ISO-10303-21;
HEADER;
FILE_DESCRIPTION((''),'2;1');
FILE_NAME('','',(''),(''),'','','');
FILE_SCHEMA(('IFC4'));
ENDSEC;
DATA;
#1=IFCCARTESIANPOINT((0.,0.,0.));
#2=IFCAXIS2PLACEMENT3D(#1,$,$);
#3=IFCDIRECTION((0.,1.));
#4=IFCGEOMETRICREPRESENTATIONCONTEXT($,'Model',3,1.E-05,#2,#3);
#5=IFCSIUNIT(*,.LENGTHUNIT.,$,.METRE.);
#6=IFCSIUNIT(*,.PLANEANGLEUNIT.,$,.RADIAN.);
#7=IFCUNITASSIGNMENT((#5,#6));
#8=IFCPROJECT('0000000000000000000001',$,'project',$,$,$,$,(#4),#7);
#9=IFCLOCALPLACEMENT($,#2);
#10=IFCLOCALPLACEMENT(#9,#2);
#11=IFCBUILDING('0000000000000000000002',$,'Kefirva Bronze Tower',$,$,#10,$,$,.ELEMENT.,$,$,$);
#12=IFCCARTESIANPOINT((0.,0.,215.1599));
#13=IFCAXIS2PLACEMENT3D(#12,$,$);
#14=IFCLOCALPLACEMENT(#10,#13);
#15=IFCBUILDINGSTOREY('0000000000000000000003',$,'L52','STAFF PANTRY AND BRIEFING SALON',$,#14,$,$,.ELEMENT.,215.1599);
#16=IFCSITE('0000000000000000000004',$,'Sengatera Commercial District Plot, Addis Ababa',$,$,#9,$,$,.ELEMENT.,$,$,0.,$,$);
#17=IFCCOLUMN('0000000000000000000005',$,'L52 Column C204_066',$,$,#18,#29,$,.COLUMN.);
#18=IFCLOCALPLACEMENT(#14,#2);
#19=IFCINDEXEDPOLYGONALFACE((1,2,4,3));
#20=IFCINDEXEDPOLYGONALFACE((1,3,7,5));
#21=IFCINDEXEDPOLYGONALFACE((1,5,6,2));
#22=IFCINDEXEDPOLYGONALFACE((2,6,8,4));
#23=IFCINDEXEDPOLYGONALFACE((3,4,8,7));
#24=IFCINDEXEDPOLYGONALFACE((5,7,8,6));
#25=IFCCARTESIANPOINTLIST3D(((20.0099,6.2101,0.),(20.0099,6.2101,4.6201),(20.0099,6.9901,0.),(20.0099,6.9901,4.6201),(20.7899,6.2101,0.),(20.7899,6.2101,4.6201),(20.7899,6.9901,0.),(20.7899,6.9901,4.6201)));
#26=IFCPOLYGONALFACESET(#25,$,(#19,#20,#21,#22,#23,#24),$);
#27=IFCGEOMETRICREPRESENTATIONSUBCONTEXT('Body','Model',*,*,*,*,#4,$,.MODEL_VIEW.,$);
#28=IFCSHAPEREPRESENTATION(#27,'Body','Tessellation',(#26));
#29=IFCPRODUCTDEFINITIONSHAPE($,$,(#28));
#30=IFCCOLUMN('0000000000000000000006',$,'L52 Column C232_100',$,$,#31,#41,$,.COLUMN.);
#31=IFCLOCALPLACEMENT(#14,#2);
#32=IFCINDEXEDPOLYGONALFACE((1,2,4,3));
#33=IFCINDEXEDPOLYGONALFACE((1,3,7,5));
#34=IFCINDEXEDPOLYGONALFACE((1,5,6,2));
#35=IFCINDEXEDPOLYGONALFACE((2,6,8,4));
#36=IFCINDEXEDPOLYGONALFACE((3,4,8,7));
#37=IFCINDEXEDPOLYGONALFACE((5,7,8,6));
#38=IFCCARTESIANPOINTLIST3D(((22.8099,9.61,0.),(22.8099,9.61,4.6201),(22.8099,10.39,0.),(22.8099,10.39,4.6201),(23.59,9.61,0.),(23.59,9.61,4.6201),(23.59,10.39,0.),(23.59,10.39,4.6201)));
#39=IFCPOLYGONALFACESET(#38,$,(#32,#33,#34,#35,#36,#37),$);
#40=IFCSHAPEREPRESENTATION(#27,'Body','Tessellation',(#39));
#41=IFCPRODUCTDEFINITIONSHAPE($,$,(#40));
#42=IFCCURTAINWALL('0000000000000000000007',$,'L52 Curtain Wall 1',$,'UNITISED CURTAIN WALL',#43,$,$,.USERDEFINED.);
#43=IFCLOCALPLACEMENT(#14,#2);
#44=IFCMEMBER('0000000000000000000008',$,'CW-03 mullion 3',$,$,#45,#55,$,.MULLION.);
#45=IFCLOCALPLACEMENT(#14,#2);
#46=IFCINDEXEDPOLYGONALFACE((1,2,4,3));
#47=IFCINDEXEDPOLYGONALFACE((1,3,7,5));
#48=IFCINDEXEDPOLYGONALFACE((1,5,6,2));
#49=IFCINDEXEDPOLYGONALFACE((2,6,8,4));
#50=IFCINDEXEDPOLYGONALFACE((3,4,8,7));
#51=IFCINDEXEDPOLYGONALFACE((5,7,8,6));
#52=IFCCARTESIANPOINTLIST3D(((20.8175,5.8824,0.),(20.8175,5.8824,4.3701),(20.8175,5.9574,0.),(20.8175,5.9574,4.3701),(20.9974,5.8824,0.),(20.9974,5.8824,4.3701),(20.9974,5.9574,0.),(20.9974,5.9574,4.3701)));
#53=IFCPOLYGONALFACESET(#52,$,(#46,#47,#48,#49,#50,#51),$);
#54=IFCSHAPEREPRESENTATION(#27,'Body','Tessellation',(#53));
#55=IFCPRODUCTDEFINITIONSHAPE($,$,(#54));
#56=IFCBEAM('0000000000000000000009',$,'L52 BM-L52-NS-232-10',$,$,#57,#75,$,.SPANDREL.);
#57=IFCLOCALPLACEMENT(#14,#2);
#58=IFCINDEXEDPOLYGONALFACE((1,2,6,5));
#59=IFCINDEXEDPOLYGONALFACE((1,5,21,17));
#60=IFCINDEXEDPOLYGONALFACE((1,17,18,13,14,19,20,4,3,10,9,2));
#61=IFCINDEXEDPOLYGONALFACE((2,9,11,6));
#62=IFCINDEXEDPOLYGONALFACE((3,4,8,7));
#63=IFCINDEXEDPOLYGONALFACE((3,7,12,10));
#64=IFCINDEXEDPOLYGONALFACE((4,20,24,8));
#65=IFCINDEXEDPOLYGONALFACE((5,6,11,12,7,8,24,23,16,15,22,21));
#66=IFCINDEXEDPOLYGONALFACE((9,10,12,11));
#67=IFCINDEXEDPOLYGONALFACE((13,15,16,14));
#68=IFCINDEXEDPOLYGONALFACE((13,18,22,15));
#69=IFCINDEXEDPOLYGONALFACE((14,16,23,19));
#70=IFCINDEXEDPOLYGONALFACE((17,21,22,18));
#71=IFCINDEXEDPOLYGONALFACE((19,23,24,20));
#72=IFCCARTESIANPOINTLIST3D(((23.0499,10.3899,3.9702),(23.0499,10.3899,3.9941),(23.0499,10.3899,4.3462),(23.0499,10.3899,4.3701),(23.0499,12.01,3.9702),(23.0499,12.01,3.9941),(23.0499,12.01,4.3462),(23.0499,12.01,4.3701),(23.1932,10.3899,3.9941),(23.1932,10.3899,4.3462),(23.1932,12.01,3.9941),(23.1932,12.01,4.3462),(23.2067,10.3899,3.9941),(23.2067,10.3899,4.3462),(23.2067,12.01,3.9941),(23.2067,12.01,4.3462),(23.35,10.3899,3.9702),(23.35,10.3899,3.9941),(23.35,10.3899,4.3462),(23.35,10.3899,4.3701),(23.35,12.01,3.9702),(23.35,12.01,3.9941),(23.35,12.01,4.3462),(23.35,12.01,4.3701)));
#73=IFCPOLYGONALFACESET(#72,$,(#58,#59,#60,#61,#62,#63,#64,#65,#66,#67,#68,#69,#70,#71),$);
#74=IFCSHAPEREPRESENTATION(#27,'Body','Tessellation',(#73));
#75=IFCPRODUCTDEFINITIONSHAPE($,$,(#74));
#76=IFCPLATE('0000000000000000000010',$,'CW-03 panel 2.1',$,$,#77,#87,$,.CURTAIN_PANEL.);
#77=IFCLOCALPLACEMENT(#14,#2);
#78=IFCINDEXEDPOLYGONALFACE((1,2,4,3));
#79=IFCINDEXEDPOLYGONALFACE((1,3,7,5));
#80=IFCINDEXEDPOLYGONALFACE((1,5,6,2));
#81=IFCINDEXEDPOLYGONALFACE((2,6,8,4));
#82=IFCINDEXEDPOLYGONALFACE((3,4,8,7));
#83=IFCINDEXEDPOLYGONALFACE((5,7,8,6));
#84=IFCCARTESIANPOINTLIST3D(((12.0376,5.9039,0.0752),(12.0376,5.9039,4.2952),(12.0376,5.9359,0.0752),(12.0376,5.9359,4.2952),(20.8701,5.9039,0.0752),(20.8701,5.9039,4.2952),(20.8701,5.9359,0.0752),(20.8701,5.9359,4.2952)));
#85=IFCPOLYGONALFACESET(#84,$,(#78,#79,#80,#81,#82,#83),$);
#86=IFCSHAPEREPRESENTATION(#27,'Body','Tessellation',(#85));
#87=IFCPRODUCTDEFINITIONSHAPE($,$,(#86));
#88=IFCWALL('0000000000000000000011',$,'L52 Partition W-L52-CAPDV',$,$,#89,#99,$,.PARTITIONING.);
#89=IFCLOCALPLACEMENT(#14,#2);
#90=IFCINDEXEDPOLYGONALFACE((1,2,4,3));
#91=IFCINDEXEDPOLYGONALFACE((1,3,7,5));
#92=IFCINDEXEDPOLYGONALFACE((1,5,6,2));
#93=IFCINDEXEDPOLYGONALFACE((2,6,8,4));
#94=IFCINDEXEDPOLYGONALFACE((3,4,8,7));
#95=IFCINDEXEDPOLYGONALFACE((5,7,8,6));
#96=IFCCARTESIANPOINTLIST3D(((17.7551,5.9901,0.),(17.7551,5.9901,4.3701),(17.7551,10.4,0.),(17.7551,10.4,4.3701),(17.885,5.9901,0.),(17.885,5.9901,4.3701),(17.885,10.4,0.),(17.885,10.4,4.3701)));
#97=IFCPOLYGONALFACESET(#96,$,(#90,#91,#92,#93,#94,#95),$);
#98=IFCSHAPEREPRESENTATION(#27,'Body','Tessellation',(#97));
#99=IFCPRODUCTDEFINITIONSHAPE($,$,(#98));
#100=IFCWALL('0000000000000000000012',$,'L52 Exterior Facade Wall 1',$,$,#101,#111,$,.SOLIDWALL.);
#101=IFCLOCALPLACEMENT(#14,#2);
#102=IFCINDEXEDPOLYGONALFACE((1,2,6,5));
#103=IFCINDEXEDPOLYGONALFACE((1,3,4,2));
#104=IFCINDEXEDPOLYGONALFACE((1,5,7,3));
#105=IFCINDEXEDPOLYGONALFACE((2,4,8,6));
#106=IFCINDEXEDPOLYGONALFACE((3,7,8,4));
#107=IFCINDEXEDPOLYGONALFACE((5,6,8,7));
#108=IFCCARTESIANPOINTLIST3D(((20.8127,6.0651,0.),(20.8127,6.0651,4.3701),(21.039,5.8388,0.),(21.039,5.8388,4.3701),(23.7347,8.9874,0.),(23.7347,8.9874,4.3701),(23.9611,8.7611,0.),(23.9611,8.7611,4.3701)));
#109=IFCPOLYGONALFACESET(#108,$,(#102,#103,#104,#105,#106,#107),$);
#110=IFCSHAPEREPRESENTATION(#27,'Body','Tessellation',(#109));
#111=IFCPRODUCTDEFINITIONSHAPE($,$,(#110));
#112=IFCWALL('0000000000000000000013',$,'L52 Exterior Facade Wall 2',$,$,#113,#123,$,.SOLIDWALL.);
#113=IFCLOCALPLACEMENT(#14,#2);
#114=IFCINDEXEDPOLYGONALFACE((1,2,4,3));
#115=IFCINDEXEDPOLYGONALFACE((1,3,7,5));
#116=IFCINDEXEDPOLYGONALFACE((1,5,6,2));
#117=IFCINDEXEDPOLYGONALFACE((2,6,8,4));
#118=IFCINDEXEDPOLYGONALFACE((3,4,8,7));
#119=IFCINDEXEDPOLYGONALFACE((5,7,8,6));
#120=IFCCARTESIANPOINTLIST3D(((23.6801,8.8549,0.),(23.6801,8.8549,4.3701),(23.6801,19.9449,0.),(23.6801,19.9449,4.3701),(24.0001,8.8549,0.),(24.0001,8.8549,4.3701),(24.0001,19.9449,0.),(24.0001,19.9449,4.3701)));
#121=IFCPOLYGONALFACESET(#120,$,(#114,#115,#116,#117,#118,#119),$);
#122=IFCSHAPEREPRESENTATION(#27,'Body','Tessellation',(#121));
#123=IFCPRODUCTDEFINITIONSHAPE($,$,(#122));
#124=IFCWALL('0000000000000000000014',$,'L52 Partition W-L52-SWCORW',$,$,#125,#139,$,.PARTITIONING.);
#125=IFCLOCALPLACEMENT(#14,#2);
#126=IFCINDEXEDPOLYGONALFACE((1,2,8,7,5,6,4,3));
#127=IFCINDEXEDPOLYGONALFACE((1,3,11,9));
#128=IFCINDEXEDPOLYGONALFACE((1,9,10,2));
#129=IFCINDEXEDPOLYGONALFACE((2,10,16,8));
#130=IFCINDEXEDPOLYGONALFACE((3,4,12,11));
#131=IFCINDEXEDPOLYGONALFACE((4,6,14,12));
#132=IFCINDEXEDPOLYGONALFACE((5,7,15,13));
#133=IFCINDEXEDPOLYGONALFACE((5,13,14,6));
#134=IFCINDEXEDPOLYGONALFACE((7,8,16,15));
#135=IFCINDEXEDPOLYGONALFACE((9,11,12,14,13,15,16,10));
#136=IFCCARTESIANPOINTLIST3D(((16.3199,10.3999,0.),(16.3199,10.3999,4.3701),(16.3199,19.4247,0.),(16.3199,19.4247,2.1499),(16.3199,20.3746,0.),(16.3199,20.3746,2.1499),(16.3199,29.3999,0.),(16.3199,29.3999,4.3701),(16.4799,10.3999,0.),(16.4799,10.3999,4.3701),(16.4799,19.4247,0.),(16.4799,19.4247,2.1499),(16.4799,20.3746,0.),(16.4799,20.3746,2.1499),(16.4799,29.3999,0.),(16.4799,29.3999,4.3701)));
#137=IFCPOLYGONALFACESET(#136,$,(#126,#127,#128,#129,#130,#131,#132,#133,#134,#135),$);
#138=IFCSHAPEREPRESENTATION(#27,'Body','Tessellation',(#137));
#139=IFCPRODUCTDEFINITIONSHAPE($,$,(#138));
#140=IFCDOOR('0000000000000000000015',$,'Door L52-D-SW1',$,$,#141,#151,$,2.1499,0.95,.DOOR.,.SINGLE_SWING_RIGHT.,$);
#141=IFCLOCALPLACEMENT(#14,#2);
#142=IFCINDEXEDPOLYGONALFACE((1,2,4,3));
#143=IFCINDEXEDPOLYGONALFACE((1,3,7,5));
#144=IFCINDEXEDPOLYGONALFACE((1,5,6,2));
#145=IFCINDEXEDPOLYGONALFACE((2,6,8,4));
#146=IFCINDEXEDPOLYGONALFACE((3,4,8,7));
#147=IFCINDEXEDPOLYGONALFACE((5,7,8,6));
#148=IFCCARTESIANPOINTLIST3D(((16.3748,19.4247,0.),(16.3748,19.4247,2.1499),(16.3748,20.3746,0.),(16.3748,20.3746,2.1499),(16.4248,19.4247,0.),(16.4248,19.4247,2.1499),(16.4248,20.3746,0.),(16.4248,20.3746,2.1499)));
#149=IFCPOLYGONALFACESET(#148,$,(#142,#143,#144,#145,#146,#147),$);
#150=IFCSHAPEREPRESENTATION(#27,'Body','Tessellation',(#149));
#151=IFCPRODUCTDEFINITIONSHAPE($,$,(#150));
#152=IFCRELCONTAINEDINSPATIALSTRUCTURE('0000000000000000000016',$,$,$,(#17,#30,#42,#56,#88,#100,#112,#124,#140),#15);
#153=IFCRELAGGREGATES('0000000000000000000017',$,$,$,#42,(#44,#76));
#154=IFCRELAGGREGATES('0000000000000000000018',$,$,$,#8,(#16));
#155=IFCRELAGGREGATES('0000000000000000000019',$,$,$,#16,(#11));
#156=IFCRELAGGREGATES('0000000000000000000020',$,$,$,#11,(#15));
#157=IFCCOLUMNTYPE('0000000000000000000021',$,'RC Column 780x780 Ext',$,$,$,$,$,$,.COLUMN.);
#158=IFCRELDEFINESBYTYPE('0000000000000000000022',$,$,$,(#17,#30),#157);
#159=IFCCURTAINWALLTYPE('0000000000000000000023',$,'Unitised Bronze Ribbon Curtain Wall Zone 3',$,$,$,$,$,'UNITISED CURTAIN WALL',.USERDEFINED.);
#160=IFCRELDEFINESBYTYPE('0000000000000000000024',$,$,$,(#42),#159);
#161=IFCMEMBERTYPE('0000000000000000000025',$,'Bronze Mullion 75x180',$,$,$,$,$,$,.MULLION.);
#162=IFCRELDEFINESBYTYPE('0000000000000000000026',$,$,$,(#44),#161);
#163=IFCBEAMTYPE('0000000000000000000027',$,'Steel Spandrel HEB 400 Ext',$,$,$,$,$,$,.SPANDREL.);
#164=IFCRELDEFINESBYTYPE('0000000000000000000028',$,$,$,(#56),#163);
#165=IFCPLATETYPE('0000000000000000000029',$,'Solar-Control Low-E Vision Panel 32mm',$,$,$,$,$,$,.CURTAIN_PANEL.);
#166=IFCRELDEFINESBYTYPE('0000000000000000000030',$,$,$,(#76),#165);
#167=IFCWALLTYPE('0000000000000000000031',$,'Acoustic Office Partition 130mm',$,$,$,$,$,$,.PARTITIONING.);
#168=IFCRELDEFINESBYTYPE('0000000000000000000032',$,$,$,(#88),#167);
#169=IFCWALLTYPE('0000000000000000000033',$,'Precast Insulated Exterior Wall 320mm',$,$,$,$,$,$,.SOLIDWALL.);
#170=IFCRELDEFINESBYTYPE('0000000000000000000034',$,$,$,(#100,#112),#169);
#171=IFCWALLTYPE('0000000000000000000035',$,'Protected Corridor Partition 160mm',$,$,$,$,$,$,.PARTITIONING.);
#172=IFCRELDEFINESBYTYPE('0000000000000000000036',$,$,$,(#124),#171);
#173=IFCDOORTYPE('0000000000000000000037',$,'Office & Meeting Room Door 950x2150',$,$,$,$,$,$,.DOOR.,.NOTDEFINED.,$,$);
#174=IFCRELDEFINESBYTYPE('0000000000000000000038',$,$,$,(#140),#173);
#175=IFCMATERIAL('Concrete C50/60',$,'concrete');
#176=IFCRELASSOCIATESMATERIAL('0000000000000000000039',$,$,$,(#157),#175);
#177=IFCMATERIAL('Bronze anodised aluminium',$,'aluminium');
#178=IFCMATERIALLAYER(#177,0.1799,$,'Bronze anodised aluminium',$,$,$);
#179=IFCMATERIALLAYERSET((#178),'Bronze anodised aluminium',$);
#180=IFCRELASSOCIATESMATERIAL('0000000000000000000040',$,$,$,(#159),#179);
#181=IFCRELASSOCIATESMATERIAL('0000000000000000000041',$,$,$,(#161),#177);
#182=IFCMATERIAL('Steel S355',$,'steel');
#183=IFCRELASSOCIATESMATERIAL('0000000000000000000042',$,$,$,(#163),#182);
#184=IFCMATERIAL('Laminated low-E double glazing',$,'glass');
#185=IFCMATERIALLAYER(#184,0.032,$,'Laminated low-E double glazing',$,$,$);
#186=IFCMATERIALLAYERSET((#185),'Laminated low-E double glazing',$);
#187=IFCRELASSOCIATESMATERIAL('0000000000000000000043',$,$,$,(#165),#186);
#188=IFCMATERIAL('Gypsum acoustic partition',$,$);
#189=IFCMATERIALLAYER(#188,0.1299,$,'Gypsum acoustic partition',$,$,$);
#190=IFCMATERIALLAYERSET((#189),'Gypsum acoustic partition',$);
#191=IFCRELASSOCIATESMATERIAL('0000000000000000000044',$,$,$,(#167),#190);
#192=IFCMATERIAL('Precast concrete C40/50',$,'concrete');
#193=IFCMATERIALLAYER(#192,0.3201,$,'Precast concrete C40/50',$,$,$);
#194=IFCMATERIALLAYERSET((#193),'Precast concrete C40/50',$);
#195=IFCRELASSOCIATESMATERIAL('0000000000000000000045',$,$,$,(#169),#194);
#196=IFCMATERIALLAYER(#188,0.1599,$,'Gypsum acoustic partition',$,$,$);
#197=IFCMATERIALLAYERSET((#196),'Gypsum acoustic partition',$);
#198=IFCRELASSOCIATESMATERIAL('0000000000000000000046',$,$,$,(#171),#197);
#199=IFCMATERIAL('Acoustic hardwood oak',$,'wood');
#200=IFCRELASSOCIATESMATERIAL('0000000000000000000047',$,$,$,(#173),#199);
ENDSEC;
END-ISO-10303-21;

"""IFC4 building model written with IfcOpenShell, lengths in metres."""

from ifc_helpers import new_model, si_unit, direction, frame, frame_2d, origin, origin_2d, place, context, subcontext, project, spatial, rectangle, i_section, extrude, material, layer, layer_set, material_profile, profile_set, type_object, element, fill, aggregate, save


model = new_model("IFC4")

# Units and contexts
model_context = context("Model", 3, precision=1e-05, world=origin(), true_north=direction((0.0, 1.0)))
body_context = subcontext(model_context, "Body", "Model", "MODEL_VIEW")
ifc_project = project(units=[si_unit("LENGTHUNIT", "METRE"), si_unit("PLANEANGLEUNIT", "RADIAN")], contexts=[model_context])

# Site, building, storey
site_placement = place(None, origin())
site = spatial("IfcSite", under=ifc_project, at=site_placement, Name="Sengatera Commercial District Plot, Addis Ababa", CompositionType="ELEMENT", RefElevation=0.0)
building_placement = place(site_placement, origin())
building = spatial("IfcBuilding", under=site, at=building_placement, Name="Kefirva Bronze Tower", CompositionType="ELEMENT")
storey_placement = place(building_placement, frame((0.0, 0.0, 215.1599)))
storey = spatial("IfcBuildingStorey", under=building, at=storey_placement, Name="L52", Description="STAFF PANTRY AND BRIEFING SALON", CompositionType="ELEMENT", Elevation=215.1599)

# Columns
ifc_material_1 = material(Name="Concrete C50/60", Category="concrete")
ifc_material_profile_1 = material_profile(ifc_material_1, rectangle(XDim=0.78, YDim=0.78, at=origin_2d()), Name="RC 780x780")
ifc_profile_set_1 = profile_set([ifc_material_profile_1], Name="Concrete C50/60")
column_type = type_object("IfcColumnType", Name="RC Column 780x780 Ext", PredefinedType="COLUMN", material=ifc_profile_set_1)
for number, where, z_axis, x_axis, name in (
    (1, (20.3999, 6.6001, 0.0), (0.0, 0.0, 1.0), (1.0, 0.0, 0.0), "L52 Column C204_066"),
    (2, (23.2, 10.0, 0.0), (0.0, 0.0, 1.0), (1.0, 0.0, 0.0), "L52 Column C232_100"),
):
    element("IfcColumn", number, at=place(storey_placement, frame(where, z_axis=z_axis, x_axis=x_axis)), inside=storey, type_object=column_type, Name=name, PredefinedType="COLUMN", context=body_context, shape_type="SweptSolid", body=[
        extrude(rectangle(XDim=0.78, YDim=0.78, at=origin_2d()), origin(), (0.0, 0.0, 1.0), 4.6201),
    ])

# Curtain wall, member
ifc_material_2 = material(Name="Bronze anodised aluminium", Category="aluminium")
ifc_layer_1 = layer(ifc_material_2, 0.1799, Name="Bronze anodised aluminium")
ifc_layer_set_1 = layer_set([ifc_layer_1], Name="Bronze anodised aluminium")
curtain_wall_type = type_object("IfcCurtainWallType", Name="Unitised Bronze Ribbon Curtain Wall Zone 3", ElementType="UNITISED CURTAIN WALL", PredefinedType="USERDEFINED", material=ifc_layer_set_1)
curtain_wall_placement = place(storey_placement, origin())
curtain_wall = element("IfcCurtainWall", 3, at=curtain_wall_placement, inside=storey, type_object=curtain_wall_type, Name="L52 Curtain Wall 1", ObjectType="UNITISED CURTAIN WALL", PredefinedType="USERDEFINED")
ifc_material_profile_2 = material_profile(ifc_material_2, rectangle(XDim=0.075, YDim=0.1799, at=origin_2d()), Name="ALU 75x180")
ifc_profile_set_2 = profile_set([ifc_material_profile_2], Name="Bronze anodised aluminium")
member_type = type_object("IfcMemberType", Name="Bronze Mullion 75x180", PredefinedType="MULLION", material=ifc_profile_set_2)
member_placement = place(storey_placement, frame((20.9075, 5.9199, 0.0), z_axis=(0.0, 0.0, 1.0), x_axis=(0.0, 1.0, 0.0)))
member = element("IfcMember", 4, at=member_placement, type_object=member_type, Name="CW-03 mullion 3", PredefinedType="MULLION", context=body_context, shape_type="SweptSolid", body=[
    extrude(rectangle(XDim=0.075, YDim=0.1799, at=origin_2d()), origin(), (0.0, 0.0, 1.0), 4.3701),
])

# Beam
ifc_material_3 = material(Name="Steel S355", Category="steel")
ifc_material_profile_3 = material_profile(ifc_material_3, i_section(OverallWidth=0.3, OverallDepth=0.3999, WebThickness=0.0134, FlangeThickness=0.0239, at=origin_2d()), Name="HEB 400")
ifc_profile_set_3 = profile_set([ifc_material_profile_3], Name="Steel S355")
beam_type = type_object("IfcBeamType", Name="Steel Spandrel HEB 400 Ext", PredefinedType="SPANDREL", material=ifc_profile_set_3)
beam_placement = place(storey_placement, frame((23.2, 10.3899, 4.1702), z_axis=(0.0, 1.0, 0.0), x_axis=(-1.0, 0.0, 0.0)))
element("IfcBeam", 5, at=beam_placement, inside=storey, type_object=beam_type, Name="L52 BM-L52-NS-232-10", PredefinedType="SPANDREL", context=body_context, shape_type="SweptSolid", body=[
    extrude(i_section(OverallWidth=0.3, OverallDepth=0.3999, WebThickness=0.0134, FlangeThickness=0.0239, at=origin_2d()), origin(), (0.0, 0.0, 1.0), 1.6201),
])

# Plate
ifc_material_4 = material(Name="Laminated low-E double glazing", Category="glass")
ifc_layer_2 = layer(ifc_material_4, 0.032, Name="Laminated low-E double glazing")
ifc_layer_set_2 = layer_set([ifc_layer_2], Name="Laminated low-E double glazing")
plate_type = type_object("IfcPlateType", Name="Solar-Control Low-E Vision Panel 32mm", PredefinedType="CURTAIN_PANEL", material=ifc_layer_set_2)
plate_placement = place(storey_placement, frame((16.4539, 5.9199, 0.0752), z_axis=(0.0, 0.0, 1.0), x_axis=(1.0, 0.0, 0.0)))
plate = element("IfcPlate", 6, at=plate_placement, type_object=plate_type, Name="CW-03 panel 2.1", PredefinedType="CURTAIN_PANEL", context=body_context, shape_type="SweptSolid", body=[
    extrude(rectangle(XDim=8.8325, YDim=0.032, at=origin_2d()), origin(), (0.0, 0.0, 1.0), 4.22),
])
aggregate(curtain_wall, [member, plate])

# Walls
ifc_material_5 = material(Name="Gypsum acoustic partition")
ifc_layer_3 = layer(ifc_material_5, 0.1299, Name="Gypsum acoustic partition")
ifc_layer_set_3 = layer_set([ifc_layer_3], Name="Gypsum acoustic partition")
wall_type_1 = type_object("IfcWallType", Name="Acoustic Office Partition 130mm", PredefinedType="PARTITIONING", material=ifc_layer_set_3)
wall_1_placement = place(storey_placement, frame((17.8201, 5.99, 0.0), z_axis=(0.0, 0.0, 1.0), x_axis=(0.0, 1.0, 0.0)))
element("IfcWall", 7, at=wall_1_placement, inside=storey, type_object=wall_type_1, Name="L52 Partition W-L52-CAPDV", PredefinedType="PARTITIONING", context=body_context, shape_type="SweptSolid", body=[
    extrude(rectangle(XDim=4.4099, YDim=0.1299, at=frame_2d((2.2051, 0.0))), origin(), (0.0, 0.0, 1.0), 4.3701),
])
ifc_material_6 = material(Name="Precast concrete C40/50", Category="concrete")
ifc_layer_4 = layer(ifc_material_6, 0.3201, Name="Precast concrete C40/50")
ifc_layer_set_4 = layer_set([ifc_layer_4], Name="Precast concrete C40/50")
wall_type_2 = type_object("IfcWallType", Name="Precast Insulated Exterior Wall 320mm", PredefinedType="SOLIDWALL", material=ifc_layer_set_4)
wall_2_placement = place(storey_placement, frame((20.9258, 5.9519, 0.0), z_axis=(0.0, 0.0, 1.0), x_axis=(0.707077, 0.707136, 0.0)))
element("IfcWall", 8, at=wall_2_placement, inside=storey, type_object=wall_type_2, Name="L52 Exterior Facade Wall 1", PredefinedType="SOLIDWALL", context=body_context, shape_type="SweptSolid", body=[
    extrude(rectangle(XDim=4.1326, YDim=0.3201, at=frame_2d((2.0664, 0.0))), origin(), (0.0, 0.0, 1.0), 4.3701),
])
wall_3_placement = place(storey_placement, frame((23.8401, 8.855, 0.0), z_axis=(0.0, 0.0, 1.0), x_axis=(0.0, 1.0, 0.0)))
element("IfcWall", 9, at=wall_3_placement, inside=storey, type_object=wall_type_2, Name="L52 Exterior Facade Wall 2", PredefinedType="SOLIDWALL", context=body_context, shape_type="SweptSolid", body=[
    extrude(rectangle(XDim=11.0901, YDim=0.3201, at=frame_2d((5.5449, 0.0))), origin(), (0.0, 0.0, 1.0), 4.3701),
])

# Wall, opening, door
ifc_layer_5 = layer(ifc_material_5, 0.1599, Name="Gypsum acoustic partition")
ifc_layer_set_5 = layer_set([ifc_layer_5], Name="Gypsum acoustic partition")
wall_type_3 = type_object("IfcWallType", Name="Protected Corridor Partition 160mm", PredefinedType="PARTITIONING", material=ifc_layer_set_5)
wall_4_placement = place(storey_placement, frame((16.3999, 10.3999, 0.0), z_axis=(0.0, 0.0, 1.0), x_axis=(0.0, 1.0, 0.0)))
wall_4 = element("IfcWall", 10, at=wall_4_placement, inside=storey, type_object=wall_type_3, Name="L52 Partition W-L52-SWCORW", PredefinedType="PARTITIONING", context=body_context, shape_type="SweptSolid", body=[
    extrude(rectangle(XDim=19.0, YDim=0.1599, at=frame_2d((9.5, 0.0))), origin(), (0.0, 0.0, 1.0), 4.3701),
])
opening_1_placement = place(wall_4_placement, frame((9.9749, 0.0, 0.0), z_axis=(0.0, 0.0, 1.0), x_axis=(-1.0, 0.0, 0.0)))
opening_1 = element("IfcOpeningElement", 11, at=opening_1_placement, cuts=wall_4, PredefinedType="OPENING", context=body_context, shape_type="SweptSolid", body=[
    extrude(rectangle(XDim=0.95, YDim=2.1499, at=frame_2d((0.4751, 1.075))), frame((0.0, 0.0898, 0.0), z_axis=(0.0, -1.0, 0.0), x_axis=(1.0, 0.0, 0.0)), (0.0, 0.0, 1.0), 0.1799),
])
ifc_material_7 = material(Name="Acoustic hardwood oak", Category="wood")
door_type = type_object("IfcDoorType", Name="Office & Meeting Room Door 950x2150", OperationType="NOTDEFINED", PredefinedType="DOOR", material=ifc_material_7)
door_1_placement = place(opening_1_placement, origin())
door_1 = element("IfcDoor", 12, at=door_1_placement, inside=storey, type_object=door_type, Name="Door L52-D-SW1", OperationType="SINGLE_SWING_RIGHT", OverallHeight=2.1499, OverallWidth=0.95, PredefinedType="DOOR", context=body_context, shape_type="SweptSolid", body=[
    extrude(rectangle(XDim=0.95, YDim=2.1499, at=frame_2d((0.4751, 1.075))), frame((0.0, 0.0249, 0.0), z_axis=(0.0, -1.0, 0.0), x_axis=(1.0, 0.0, 0.0)), (0.0, 0.0, 1.0), 0.05),
])
fill(opening_1, door_1)

save(model, "model.ifc")
